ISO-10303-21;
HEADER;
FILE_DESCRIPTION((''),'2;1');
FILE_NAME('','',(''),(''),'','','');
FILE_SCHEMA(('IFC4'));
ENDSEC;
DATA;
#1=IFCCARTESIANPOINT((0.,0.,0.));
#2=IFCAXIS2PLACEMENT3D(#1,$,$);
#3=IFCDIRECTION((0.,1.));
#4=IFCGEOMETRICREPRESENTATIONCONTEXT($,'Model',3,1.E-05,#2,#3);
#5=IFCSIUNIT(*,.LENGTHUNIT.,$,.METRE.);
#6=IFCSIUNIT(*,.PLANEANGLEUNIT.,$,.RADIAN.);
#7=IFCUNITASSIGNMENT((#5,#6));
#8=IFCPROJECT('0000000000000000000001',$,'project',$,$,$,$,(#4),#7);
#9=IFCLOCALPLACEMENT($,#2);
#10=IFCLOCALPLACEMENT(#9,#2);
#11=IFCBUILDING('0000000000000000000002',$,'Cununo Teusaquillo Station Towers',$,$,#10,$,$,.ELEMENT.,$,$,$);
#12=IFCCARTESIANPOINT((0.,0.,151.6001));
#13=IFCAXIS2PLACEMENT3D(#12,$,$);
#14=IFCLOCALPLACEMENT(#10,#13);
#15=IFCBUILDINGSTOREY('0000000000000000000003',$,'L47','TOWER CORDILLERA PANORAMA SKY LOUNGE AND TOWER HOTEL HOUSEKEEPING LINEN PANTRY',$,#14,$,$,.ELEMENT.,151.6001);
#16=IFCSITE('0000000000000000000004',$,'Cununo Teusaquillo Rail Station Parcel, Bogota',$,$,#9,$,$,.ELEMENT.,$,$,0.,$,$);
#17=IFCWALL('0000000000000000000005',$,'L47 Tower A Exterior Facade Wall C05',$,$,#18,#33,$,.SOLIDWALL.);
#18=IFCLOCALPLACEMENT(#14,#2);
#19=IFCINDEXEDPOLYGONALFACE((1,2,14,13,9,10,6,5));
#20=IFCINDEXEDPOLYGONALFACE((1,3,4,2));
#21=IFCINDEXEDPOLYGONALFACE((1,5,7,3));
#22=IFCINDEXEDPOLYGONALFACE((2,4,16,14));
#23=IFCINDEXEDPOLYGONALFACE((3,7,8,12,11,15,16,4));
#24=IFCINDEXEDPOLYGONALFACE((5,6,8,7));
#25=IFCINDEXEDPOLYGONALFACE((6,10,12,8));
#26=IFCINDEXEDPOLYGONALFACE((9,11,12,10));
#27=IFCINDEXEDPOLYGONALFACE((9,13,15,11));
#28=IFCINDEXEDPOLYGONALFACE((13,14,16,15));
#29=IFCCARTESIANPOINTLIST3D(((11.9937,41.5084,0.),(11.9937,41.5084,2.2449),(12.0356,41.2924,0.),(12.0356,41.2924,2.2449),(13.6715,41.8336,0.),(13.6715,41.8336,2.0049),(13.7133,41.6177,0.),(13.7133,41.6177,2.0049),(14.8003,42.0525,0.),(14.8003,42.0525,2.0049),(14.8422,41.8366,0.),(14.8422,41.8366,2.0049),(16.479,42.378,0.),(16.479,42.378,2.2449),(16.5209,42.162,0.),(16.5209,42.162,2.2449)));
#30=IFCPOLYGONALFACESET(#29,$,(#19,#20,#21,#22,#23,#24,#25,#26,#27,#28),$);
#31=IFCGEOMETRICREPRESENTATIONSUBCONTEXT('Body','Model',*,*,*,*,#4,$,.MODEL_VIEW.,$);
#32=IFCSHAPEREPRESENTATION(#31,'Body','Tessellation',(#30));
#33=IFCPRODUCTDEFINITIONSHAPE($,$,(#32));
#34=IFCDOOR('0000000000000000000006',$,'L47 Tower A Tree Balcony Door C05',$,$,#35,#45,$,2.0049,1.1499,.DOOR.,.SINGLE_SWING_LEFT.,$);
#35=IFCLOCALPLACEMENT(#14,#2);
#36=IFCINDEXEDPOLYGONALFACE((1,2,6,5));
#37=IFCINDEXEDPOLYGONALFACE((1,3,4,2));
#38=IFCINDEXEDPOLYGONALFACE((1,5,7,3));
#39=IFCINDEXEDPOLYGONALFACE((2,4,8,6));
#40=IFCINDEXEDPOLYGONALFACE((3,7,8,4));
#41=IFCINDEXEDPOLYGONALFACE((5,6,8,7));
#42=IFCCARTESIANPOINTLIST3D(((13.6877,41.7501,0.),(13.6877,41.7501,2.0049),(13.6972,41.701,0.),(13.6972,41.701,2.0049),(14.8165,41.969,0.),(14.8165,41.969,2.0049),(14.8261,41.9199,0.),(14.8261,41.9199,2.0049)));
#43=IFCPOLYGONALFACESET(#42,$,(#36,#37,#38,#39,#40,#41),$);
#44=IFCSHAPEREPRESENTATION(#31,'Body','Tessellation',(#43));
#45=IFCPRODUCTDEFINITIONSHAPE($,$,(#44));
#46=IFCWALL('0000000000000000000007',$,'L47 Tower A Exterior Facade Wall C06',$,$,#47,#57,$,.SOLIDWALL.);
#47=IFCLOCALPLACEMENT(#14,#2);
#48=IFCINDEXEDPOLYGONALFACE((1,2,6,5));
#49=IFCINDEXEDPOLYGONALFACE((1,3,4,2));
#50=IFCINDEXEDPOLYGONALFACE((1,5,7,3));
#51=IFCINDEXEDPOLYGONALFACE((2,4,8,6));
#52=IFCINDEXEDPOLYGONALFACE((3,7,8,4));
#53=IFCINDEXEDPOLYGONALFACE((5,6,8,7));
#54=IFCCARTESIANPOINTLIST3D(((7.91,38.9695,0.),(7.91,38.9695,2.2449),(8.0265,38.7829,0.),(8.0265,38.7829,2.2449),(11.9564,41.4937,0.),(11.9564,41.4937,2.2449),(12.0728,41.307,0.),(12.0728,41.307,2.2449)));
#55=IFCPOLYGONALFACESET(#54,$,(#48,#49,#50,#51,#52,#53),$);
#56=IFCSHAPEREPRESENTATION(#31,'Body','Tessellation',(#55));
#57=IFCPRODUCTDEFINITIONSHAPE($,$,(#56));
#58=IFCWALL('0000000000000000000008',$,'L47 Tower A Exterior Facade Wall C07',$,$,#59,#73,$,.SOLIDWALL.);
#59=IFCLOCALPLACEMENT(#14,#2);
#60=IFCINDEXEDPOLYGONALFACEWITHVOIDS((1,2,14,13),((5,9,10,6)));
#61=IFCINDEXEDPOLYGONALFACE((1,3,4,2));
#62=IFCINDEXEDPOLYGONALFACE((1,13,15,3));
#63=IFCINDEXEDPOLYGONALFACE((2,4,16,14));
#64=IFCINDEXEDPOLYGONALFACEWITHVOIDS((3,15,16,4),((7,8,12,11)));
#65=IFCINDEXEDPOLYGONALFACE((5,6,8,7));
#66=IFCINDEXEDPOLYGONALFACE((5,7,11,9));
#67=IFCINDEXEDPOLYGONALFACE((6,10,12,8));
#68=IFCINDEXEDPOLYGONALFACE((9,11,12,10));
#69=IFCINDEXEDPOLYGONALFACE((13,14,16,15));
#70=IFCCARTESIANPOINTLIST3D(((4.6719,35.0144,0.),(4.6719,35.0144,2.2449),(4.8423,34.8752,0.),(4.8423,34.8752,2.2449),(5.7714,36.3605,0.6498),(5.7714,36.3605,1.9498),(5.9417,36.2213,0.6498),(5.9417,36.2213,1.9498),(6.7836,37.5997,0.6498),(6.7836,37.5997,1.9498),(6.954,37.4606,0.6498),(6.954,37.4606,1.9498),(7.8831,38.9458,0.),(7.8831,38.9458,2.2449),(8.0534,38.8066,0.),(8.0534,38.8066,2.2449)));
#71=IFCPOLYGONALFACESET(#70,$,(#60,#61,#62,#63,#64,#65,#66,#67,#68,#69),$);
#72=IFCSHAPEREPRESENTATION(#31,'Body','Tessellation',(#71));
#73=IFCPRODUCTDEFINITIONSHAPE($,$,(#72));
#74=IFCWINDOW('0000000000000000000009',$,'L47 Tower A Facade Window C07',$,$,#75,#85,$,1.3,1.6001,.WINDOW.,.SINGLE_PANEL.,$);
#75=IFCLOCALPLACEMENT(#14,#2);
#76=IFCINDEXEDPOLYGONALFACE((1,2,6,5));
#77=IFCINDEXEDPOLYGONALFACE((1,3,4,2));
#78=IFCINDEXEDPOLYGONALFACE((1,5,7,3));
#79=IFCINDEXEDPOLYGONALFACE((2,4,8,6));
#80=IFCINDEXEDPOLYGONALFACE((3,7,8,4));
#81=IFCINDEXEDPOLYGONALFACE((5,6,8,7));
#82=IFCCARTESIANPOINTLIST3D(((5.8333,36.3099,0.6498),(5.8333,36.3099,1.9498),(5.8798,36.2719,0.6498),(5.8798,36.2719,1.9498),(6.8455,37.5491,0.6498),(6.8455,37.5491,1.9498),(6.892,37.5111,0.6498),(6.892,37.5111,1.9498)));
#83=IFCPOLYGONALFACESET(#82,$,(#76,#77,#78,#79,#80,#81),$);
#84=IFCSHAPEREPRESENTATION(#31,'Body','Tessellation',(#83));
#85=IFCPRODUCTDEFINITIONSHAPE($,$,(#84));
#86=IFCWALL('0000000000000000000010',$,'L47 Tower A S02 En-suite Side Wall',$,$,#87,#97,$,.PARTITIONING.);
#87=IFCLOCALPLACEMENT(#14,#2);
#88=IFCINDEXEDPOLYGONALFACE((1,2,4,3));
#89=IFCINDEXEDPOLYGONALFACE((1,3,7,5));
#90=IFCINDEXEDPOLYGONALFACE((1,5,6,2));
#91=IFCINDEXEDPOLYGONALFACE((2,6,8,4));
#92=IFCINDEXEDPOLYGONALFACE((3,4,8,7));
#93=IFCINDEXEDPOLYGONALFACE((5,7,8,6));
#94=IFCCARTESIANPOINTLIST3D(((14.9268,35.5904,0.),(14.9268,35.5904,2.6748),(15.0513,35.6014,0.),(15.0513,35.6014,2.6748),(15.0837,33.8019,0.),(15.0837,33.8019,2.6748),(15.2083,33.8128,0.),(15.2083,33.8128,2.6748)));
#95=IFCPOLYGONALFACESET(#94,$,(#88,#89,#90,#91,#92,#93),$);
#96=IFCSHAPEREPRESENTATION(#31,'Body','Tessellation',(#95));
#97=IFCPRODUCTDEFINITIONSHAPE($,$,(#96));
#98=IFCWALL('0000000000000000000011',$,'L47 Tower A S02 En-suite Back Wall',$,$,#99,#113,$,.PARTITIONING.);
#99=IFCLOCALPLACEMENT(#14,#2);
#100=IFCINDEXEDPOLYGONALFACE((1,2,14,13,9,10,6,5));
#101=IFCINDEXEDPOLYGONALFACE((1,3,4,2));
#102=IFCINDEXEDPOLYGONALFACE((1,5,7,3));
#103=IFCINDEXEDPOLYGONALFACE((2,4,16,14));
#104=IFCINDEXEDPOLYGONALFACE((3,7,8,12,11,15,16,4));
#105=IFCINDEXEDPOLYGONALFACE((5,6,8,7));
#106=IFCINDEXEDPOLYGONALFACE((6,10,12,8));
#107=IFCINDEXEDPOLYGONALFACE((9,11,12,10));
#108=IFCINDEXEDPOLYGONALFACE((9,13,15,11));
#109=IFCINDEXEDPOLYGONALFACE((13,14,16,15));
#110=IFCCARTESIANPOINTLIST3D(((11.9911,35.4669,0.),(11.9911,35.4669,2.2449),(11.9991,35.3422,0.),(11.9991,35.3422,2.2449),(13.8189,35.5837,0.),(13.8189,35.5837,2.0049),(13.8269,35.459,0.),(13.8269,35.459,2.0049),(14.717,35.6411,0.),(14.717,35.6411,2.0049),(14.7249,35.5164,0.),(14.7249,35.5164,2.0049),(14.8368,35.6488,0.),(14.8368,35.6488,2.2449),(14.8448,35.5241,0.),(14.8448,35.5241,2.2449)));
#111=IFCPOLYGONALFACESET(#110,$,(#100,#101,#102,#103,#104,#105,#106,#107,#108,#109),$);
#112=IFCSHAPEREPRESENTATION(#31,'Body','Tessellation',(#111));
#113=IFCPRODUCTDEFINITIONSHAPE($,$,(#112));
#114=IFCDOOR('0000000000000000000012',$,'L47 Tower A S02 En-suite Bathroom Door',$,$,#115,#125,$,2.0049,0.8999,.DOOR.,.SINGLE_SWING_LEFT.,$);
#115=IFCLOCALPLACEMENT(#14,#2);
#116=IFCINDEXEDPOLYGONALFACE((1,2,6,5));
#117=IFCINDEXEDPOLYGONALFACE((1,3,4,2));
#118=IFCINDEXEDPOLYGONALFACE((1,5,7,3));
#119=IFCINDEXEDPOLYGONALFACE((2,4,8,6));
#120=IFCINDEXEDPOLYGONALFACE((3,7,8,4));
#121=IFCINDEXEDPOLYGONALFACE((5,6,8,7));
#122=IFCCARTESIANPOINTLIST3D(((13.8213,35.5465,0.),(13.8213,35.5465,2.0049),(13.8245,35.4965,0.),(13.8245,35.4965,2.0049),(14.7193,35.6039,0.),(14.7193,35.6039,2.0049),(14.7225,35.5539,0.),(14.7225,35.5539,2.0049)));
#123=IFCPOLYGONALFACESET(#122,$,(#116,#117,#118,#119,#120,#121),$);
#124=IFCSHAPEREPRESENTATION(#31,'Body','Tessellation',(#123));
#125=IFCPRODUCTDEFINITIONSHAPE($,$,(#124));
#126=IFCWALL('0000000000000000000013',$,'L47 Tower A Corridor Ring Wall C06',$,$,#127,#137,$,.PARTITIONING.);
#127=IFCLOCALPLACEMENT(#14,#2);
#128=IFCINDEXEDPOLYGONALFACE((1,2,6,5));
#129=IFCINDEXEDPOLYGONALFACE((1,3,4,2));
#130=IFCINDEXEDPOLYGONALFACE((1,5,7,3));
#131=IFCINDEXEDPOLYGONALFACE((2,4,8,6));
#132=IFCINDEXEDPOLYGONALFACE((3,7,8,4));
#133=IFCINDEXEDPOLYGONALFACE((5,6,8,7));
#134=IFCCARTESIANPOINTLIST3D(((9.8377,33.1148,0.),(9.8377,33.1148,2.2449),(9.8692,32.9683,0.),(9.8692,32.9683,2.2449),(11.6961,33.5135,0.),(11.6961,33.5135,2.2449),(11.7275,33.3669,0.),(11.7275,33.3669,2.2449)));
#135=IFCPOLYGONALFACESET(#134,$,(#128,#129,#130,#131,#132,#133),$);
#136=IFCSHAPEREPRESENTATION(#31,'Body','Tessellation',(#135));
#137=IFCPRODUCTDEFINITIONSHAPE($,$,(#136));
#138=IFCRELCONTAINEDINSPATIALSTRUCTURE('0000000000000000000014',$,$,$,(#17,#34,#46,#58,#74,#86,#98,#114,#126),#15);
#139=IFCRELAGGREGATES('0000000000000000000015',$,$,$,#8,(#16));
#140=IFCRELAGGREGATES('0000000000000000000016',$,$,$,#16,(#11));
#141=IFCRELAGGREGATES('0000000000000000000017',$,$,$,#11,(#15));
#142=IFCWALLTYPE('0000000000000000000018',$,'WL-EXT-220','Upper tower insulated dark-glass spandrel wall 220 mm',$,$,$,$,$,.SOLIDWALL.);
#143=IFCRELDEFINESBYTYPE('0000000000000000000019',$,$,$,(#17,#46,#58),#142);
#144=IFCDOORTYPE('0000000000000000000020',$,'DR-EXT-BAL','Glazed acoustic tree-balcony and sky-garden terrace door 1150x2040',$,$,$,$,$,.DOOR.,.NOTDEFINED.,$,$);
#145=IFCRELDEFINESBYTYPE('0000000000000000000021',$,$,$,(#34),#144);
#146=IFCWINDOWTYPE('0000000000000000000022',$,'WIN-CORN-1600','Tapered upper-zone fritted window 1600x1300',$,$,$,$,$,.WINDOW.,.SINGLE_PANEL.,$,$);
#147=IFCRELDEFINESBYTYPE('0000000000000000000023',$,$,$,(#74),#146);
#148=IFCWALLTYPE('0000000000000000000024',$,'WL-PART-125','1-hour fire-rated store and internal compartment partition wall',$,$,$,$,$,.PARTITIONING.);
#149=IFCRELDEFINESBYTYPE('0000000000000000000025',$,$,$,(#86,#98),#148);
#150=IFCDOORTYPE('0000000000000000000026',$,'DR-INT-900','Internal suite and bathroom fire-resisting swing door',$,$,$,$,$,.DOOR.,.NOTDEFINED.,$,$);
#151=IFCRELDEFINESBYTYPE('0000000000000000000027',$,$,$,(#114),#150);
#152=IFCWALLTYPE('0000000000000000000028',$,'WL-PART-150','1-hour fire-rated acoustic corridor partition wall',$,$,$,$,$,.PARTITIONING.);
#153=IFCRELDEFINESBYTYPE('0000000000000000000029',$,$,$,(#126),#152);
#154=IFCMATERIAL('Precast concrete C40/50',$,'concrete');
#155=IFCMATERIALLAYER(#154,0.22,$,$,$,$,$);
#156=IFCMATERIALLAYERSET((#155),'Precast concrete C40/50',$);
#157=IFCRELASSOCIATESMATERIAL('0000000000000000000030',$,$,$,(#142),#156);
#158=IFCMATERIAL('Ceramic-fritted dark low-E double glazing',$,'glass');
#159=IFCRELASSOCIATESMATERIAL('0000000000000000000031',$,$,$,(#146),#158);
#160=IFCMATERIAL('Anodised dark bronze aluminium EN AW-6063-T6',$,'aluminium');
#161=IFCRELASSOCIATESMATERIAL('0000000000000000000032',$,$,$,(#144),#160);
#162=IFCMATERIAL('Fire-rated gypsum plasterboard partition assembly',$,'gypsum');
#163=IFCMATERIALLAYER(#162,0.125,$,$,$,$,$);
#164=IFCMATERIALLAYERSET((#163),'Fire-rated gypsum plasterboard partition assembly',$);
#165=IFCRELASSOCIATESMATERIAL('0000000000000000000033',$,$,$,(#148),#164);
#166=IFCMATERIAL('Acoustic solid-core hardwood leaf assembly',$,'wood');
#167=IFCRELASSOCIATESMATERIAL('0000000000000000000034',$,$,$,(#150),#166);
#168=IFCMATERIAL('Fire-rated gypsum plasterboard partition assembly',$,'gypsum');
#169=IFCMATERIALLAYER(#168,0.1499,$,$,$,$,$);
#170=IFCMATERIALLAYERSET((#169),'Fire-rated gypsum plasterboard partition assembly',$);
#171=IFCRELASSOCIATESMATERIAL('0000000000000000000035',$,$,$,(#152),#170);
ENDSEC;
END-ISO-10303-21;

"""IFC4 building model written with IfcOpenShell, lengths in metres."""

from ifc_helpers import new_model, si_unit, direction, frame, frame_2d, origin, place, context, subcontext, project, spatial, rectangle, extrude, source, transform, mapped, material, layer, layer_set, type_object, element, fill, save


model = new_model("IFC4")

# Units and contexts
model_context = context("Model", 3, precision=1e-05, world=origin(), true_north=direction((0.0, 1.0)))
body_context = subcontext(model_context, "Body", "Model", "MODEL_VIEW")
ifc_project = project(units=[si_unit("LENGTHUNIT", "METRE"), si_unit("PLANEANGLEUNIT", "RADIAN")], contexts=[model_context])

# Site, building, storey
site_placement = place(None, origin())
site = spatial("IfcSite", under=ifc_project, at=site_placement, Name="Cununo Teusaquillo Rail Station Parcel, Bogota", CompositionType="ELEMENT", RefElevation=0.0)
building_placement = place(site_placement, origin())
building = spatial("IfcBuilding", under=site, at=building_placement, Name="Cununo Teusaquillo Station Towers", CompositionType="ELEMENT")
storey_placement = place(building_placement, frame((0.0, 0.0, 151.6001)))
storey = spatial("IfcBuildingStorey", under=building, at=storey_placement, Name="L47", Description="TOWER CORDILLERA PANORAMA SKY LOUNGE AND TOWER HOTEL HOUSEKEEPING LINEN PANTRY", CompositionType="ELEMENT", Elevation=151.6001)

# Shared definitions
ifc_material_1 = material(Name="Precast concrete C40/50", Category="concrete")
ifc_layer_1 = layer(ifc_material_1, 0.22)
ifc_layer_set_1 = layer_set([ifc_layer_1], Name="Precast concrete C40/50")
wall_type_1 = type_object("IfcWallType", Name="WL-EXT-220", Description="Upper tower insulated dark-glass spandrel wall 220 mm", PredefinedType="SOLIDWALL", material=ifc_layer_set_1)
shared_shape_1 = source(origin(), body_context, "Body", "SweptSolid", [
    extrude(rectangle(XDim=1.6001, YDim=1.3, at=frame_2d((0.8, 0.6499))), frame((0.0, 0.1199, 0.0), z_axis=(0.0, -1.0, 0.0), x_axis=(1.0, 0.0, 0.0)), (0.0, 0.0, 1.0), 0.24),
])
ifc_material_2 = material(Name="Ceramic-fritted dark low-E double glazing", Category="glass")
window_type = type_object("IfcWindowType", Name="WIN-CORN-1600", Description="Tapered upper-zone fritted window 1600x1300", PartitioningType="SINGLE_PANEL", PredefinedType="WINDOW", material=ifc_material_2)
shared_shape_2 = source(origin(), body_context, "Body", "SweptSolid", [
    extrude(rectangle(XDim=1.6001, YDim=1.3, at=frame_2d((0.8, 0.6499))), frame((0.0, 0.03, 0.0), z_axis=(0.0, -1.0, 0.0), x_axis=(1.0, 0.0, 0.0)), (0.0, 0.0, 1.0), 0.0601),
])

# Wall, opening, door
wall_1_placement = place(storey_placement, frame((12.0146, 41.4004, 0.0), z_axis=(0.0, 0.0, 1.0), x_axis=(0.981719, 0.190338, 0.0)))
wall_1 = element("IfcWall", 1, at=wall_1_placement, inside=storey, type_object=wall_type_1, Name="L47 Tower A Exterior Facade Wall C05", PredefinedType="SOLIDWALL", context=body_context, shape_type="SweptSolid", body=[
    extrude(rectangle(XDim=4.5688, YDim=0.22, at=frame_2d((2.2844, 0.0))), origin(), (0.0, 0.0, 1.0), 2.2449),
])
shared_shape_3 = source(origin(), body_context, "Body", "SweptSolid", [
    extrude(rectangle(XDim=1.1499, YDim=2.0049, at=frame_2d((0.575, 1.0024))), frame((0.0, 0.1199, 0.0), z_axis=(0.0, -1.0, 0.0), x_axis=(1.0, 0.0, 0.0)), (0.0, 0.0, 1.0), 0.24),
])
opening_1_placement = place(wall_1_placement, frame((1.709, 0.0, 0.0)))
opening_1 = element("IfcOpeningElement", 2, at=opening_1_placement, cuts=wall_1, PredefinedType="OPENING", context=body_context, shape_type="MappedRepresentation", body=[
    mapped(shared_shape_3, transform((0.0, 0.0, 0.0), x_axis=(1.0, 0.0, 0.0), y_axis=(0.0, 1.0, 0.0), z_axis=(0.0, 0.0, 1.0), scale=1.0)),
])
ifc_material_3 = material(Name="Anodised dark bronze aluminium EN AW-6063-T6", Category="aluminium")
door_type_1 = type_object("IfcDoorType", Name="DR-EXT-BAL", Description="Glazed acoustic tree-balcony and sky-garden terrace door 1150x2040", OperationType="NOTDEFINED", PredefinedType="DOOR", material=ifc_material_3)
shared_shape_4 = source(origin(), body_context, "Body", "SweptSolid", [
    extrude(rectangle(XDim=1.1499, YDim=2.0049, at=frame_2d((0.575, 1.0024))), frame((0.0, 0.0249, 0.0), z_axis=(0.0, -1.0, 0.0), x_axis=(1.0, 0.0, 0.0)), (0.0, 0.0, 1.0), 0.05),
])
door_1_placement = place(opening_1_placement, origin())
door_1 = element("IfcDoor", 3, at=door_1_placement, inside=storey, type_object=door_type_1, Name="L47 Tower A Tree Balcony Door C05", OperationType="SINGLE_SWING_LEFT", OverallHeight=2.0049, OverallWidth=1.1499, PredefinedType="DOOR", context=body_context, shape_type="MappedRepresentation", body=[
    mapped(shared_shape_4, transform((0.0, 0.0, 0.0), x_axis=(1.0, 0.0, 0.0), y_axis=(0.0, 1.0, 0.0), z_axis=(0.0, 0.0, 1.0), scale=1.0)),
])
fill(opening_1, door_1)

# Wall
wall_2_placement = place(storey_placement, frame((7.9683, 38.8762, 0.0), z_axis=(0.0, 0.0, 1.0), x_axis=(0.848452, 0.529272, 0.0)))
element("IfcWall", 4, at=wall_2_placement, inside=storey, type_object=wall_type_1, Name="L47 Tower A Exterior Facade Wall C06", PredefinedType="SOLIDWALL", context=body_context, shape_type="SweptSolid", body=[
    extrude(rectangle(XDim=4.769, YDim=0.22, at=frame_2d((2.3845, 0.0))), origin(), (0.0, 0.0, 1.0), 2.2449),
])

# Wall, opening, window
wall_3_placement = place(storey_placement, frame((4.7571, 34.9448, 0.0), z_axis=(0.0, 0.0, 1.0), x_axis=(0.632599, 0.77448, 0.0)))
wall_3 = element("IfcWall", 5, at=wall_3_placement, inside=storey, type_object=wall_type_1, Name="L47 Tower A Exterior Facade Wall C07", PredefinedType="SOLIDWALL", context=body_context, shape_type="SweptSolid", body=[
    extrude(rectangle(XDim=5.0762, YDim=0.22, at=frame_2d((2.5381, 0.0))), origin(), (0.0, 0.0, 1.0), 2.2449),
])
opening_2_placement = place(wall_3_placement, frame((1.738, 0.0, 0.6499)))
opening_2 = element("IfcOpeningElement", 6, at=opening_2_placement, cuts=wall_3, PredefinedType="OPENING", context=body_context, shape_type="MappedRepresentation", body=[
    mapped(shared_shape_1, transform((0.0, 0.0, 0.0), x_axis=(1.0, 0.0, 0.0), y_axis=(0.0, 1.0, 0.0), z_axis=(0.0, 0.0, 1.0), scale=1.0)),
])
window_1_placement = place(opening_2_placement, origin())
window_1 = element("IfcWindow", 7, at=window_1_placement, inside=storey, type_object=window_type, Name="L47 Tower A Facade Window C07", OverallHeight=1.3, OverallWidth=1.6001, PartitioningType="SINGLE_PANEL", PredefinedType="WINDOW", context=body_context, shape_type="MappedRepresentation", body=[
    mapped(shared_shape_2, transform((0.0, 0.0, 0.0), x_axis=(1.0, 0.0, 0.0), y_axis=(0.0, 1.0, 0.0), z_axis=(0.0, 0.0, 1.0), scale=1.0)),
])
fill(opening_2, window_1)

# Wall
ifc_material_4 = material(Name="Fire-rated gypsum plasterboard partition assembly", Category="gypsum")
ifc_layer_2 = layer(ifc_material_4, 0.125)
ifc_layer_set_2 = layer_set([ifc_layer_2], Name="Fire-rated gypsum plasterboard partition assembly")
wall_type_2 = type_object("IfcWallType", Name="WL-PART-125", Description="1-hour fire-rated store and internal compartment partition wall", PredefinedType="PARTITIONING", material=ifc_layer_set_2)
wall_4_placement = place(storey_placement, frame((15.146, 33.8074, 0.0), z_axis=(0.0, 0.0, 1.0), x_axis=(-0.087433, 0.99617, 0.0)))
element("IfcWall", 8, at=wall_4_placement, inside=storey, type_object=wall_type_2, Name="L47 Tower A S02 En-suite Side Wall", PredefinedType="PARTITIONING", context=body_context, shape_type="SweptSolid", body=[
    extrude(rectangle(XDim=1.7954, YDim=0.125, at=frame_2d((0.8977, 0.0))), origin(), (0.0, 0.0, 1.0), 2.6748),
])

# Wall, opening, door
wall_5_placement = place(storey_placement, frame((14.8408, 35.5864, 0.0), z_axis=(0.0, 0.0, 1.0), x_axis=(-0.997964, -0.063785, 0.0)))
wall_5 = element("IfcWall", 9, at=wall_5_placement, inside=storey, type_object=wall_type_2, Name="L47 Tower A S02 En-suite Back Wall", PredefinedType="PARTITIONING", context=body_context, shape_type="SweptSolid", body=[
    extrude(rectangle(XDim=2.8516, YDim=0.125, at=frame_2d((1.4258, 0.0))), origin(), (0.0, 0.0, 1.0), 2.2449),
])
shared_shape_5 = source(origin(), body_context, "Body", "SweptSolid", [
    extrude(rectangle(XDim=0.8999, YDim=2.0049, at=frame_2d((0.45, 1.0024))), frame((0.0, 0.0725, 0.0), z_axis=(0.0, -1.0, 0.0), x_axis=(1.0, 0.0, 0.0)), (0.0, 0.0, 1.0), 0.145),
])
opening_3_placement = place(wall_5_placement, frame((0.1201, 0.0, 0.0)))
opening_3 = element("IfcOpeningElement", 10, at=opening_3_placement, cuts=wall_5, PredefinedType="OPENING", context=body_context, shape_type="MappedRepresentation", body=[
    mapped(shared_shape_5, transform((0.0, 0.0, 0.0), x_axis=(1.0, 0.0, 0.0), y_axis=(0.0, 1.0, 0.0), z_axis=(0.0, 0.0, 1.0), scale=1.0)),
])
ifc_material_5 = material(Name="Acoustic solid-core hardwood leaf assembly", Category="wood")
door_type_2 = type_object("IfcDoorType", Name="DR-INT-900", Description="Internal suite and bathroom fire-resisting swing door", OperationType="NOTDEFINED", PredefinedType="DOOR", material=ifc_material_5)
shared_shape_6 = source(origin(), body_context, "Body", "SweptSolid", [
    extrude(rectangle(XDim=0.8999, YDim=2.0049, at=frame_2d((0.45, 1.0024))), frame((0.0, 0.0249, 0.0), z_axis=(0.0, -1.0, 0.0), x_axis=(1.0, 0.0, 0.0)), (0.0, 0.0, 1.0), 0.05),
])
door_2_placement = place(opening_3_placement, origin())
door_2 = element("IfcDoor", 11, at=door_2_placement, inside=storey, type_object=door_type_2, Name="L47 Tower A S02 En-suite Bathroom Door", OperationType="SINGLE_SWING_LEFT", OverallHeight=2.0049, OverallWidth=0.8999, PredefinedType="DOOR", context=body_context, shape_type="MappedRepresentation", body=[
    mapped(shared_shape_6, transform((0.0, 0.0, 0.0), x_axis=(1.0, 0.0, 0.0), y_axis=(0.0, 1.0, 0.0), z_axis=(0.0, 0.0, 1.0), scale=1.0)),
])
fill(opening_3, door_2)

# Wall
ifc_material_6 = material(Name="Fire-rated gypsum plasterboard partition assembly", Category="gypsum")
ifc_layer_3 = layer(ifc_material_6, 0.1499)
ifc_layer_set_3 = layer_set([ifc_layer_3], Name="Fire-rated gypsum plasterboard partition assembly")
wall_type_3 = type_object("IfcWallType", Name="WL-PART-150", Description="1-hour fire-rated acoustic corridor partition wall", PredefinedType="PARTITIONING", material=ifc_layer_set_3)
wall_6_placement = place(storey_placement, frame((11.7117, 33.4402, 0.0), z_axis=(0.0, 0.0, 1.0), x_axis=(-0.977754, -0.209757, 0.0)))
element("IfcWall", 12, at=wall_6_placement, inside=storey, type_object=wall_type_3, Name="L47 Tower A Corridor Ring Wall C06", PredefinedType="PARTITIONING", context=body_context, shape_type="SweptSolid", body=[
    extrude(rectangle(XDim=1.9006, YDim=0.1499, at=frame_2d((0.9502, 0.0))), origin(), (0.0, 0.0, 1.0), 2.2449),
])

save(model, "model.ifc")
